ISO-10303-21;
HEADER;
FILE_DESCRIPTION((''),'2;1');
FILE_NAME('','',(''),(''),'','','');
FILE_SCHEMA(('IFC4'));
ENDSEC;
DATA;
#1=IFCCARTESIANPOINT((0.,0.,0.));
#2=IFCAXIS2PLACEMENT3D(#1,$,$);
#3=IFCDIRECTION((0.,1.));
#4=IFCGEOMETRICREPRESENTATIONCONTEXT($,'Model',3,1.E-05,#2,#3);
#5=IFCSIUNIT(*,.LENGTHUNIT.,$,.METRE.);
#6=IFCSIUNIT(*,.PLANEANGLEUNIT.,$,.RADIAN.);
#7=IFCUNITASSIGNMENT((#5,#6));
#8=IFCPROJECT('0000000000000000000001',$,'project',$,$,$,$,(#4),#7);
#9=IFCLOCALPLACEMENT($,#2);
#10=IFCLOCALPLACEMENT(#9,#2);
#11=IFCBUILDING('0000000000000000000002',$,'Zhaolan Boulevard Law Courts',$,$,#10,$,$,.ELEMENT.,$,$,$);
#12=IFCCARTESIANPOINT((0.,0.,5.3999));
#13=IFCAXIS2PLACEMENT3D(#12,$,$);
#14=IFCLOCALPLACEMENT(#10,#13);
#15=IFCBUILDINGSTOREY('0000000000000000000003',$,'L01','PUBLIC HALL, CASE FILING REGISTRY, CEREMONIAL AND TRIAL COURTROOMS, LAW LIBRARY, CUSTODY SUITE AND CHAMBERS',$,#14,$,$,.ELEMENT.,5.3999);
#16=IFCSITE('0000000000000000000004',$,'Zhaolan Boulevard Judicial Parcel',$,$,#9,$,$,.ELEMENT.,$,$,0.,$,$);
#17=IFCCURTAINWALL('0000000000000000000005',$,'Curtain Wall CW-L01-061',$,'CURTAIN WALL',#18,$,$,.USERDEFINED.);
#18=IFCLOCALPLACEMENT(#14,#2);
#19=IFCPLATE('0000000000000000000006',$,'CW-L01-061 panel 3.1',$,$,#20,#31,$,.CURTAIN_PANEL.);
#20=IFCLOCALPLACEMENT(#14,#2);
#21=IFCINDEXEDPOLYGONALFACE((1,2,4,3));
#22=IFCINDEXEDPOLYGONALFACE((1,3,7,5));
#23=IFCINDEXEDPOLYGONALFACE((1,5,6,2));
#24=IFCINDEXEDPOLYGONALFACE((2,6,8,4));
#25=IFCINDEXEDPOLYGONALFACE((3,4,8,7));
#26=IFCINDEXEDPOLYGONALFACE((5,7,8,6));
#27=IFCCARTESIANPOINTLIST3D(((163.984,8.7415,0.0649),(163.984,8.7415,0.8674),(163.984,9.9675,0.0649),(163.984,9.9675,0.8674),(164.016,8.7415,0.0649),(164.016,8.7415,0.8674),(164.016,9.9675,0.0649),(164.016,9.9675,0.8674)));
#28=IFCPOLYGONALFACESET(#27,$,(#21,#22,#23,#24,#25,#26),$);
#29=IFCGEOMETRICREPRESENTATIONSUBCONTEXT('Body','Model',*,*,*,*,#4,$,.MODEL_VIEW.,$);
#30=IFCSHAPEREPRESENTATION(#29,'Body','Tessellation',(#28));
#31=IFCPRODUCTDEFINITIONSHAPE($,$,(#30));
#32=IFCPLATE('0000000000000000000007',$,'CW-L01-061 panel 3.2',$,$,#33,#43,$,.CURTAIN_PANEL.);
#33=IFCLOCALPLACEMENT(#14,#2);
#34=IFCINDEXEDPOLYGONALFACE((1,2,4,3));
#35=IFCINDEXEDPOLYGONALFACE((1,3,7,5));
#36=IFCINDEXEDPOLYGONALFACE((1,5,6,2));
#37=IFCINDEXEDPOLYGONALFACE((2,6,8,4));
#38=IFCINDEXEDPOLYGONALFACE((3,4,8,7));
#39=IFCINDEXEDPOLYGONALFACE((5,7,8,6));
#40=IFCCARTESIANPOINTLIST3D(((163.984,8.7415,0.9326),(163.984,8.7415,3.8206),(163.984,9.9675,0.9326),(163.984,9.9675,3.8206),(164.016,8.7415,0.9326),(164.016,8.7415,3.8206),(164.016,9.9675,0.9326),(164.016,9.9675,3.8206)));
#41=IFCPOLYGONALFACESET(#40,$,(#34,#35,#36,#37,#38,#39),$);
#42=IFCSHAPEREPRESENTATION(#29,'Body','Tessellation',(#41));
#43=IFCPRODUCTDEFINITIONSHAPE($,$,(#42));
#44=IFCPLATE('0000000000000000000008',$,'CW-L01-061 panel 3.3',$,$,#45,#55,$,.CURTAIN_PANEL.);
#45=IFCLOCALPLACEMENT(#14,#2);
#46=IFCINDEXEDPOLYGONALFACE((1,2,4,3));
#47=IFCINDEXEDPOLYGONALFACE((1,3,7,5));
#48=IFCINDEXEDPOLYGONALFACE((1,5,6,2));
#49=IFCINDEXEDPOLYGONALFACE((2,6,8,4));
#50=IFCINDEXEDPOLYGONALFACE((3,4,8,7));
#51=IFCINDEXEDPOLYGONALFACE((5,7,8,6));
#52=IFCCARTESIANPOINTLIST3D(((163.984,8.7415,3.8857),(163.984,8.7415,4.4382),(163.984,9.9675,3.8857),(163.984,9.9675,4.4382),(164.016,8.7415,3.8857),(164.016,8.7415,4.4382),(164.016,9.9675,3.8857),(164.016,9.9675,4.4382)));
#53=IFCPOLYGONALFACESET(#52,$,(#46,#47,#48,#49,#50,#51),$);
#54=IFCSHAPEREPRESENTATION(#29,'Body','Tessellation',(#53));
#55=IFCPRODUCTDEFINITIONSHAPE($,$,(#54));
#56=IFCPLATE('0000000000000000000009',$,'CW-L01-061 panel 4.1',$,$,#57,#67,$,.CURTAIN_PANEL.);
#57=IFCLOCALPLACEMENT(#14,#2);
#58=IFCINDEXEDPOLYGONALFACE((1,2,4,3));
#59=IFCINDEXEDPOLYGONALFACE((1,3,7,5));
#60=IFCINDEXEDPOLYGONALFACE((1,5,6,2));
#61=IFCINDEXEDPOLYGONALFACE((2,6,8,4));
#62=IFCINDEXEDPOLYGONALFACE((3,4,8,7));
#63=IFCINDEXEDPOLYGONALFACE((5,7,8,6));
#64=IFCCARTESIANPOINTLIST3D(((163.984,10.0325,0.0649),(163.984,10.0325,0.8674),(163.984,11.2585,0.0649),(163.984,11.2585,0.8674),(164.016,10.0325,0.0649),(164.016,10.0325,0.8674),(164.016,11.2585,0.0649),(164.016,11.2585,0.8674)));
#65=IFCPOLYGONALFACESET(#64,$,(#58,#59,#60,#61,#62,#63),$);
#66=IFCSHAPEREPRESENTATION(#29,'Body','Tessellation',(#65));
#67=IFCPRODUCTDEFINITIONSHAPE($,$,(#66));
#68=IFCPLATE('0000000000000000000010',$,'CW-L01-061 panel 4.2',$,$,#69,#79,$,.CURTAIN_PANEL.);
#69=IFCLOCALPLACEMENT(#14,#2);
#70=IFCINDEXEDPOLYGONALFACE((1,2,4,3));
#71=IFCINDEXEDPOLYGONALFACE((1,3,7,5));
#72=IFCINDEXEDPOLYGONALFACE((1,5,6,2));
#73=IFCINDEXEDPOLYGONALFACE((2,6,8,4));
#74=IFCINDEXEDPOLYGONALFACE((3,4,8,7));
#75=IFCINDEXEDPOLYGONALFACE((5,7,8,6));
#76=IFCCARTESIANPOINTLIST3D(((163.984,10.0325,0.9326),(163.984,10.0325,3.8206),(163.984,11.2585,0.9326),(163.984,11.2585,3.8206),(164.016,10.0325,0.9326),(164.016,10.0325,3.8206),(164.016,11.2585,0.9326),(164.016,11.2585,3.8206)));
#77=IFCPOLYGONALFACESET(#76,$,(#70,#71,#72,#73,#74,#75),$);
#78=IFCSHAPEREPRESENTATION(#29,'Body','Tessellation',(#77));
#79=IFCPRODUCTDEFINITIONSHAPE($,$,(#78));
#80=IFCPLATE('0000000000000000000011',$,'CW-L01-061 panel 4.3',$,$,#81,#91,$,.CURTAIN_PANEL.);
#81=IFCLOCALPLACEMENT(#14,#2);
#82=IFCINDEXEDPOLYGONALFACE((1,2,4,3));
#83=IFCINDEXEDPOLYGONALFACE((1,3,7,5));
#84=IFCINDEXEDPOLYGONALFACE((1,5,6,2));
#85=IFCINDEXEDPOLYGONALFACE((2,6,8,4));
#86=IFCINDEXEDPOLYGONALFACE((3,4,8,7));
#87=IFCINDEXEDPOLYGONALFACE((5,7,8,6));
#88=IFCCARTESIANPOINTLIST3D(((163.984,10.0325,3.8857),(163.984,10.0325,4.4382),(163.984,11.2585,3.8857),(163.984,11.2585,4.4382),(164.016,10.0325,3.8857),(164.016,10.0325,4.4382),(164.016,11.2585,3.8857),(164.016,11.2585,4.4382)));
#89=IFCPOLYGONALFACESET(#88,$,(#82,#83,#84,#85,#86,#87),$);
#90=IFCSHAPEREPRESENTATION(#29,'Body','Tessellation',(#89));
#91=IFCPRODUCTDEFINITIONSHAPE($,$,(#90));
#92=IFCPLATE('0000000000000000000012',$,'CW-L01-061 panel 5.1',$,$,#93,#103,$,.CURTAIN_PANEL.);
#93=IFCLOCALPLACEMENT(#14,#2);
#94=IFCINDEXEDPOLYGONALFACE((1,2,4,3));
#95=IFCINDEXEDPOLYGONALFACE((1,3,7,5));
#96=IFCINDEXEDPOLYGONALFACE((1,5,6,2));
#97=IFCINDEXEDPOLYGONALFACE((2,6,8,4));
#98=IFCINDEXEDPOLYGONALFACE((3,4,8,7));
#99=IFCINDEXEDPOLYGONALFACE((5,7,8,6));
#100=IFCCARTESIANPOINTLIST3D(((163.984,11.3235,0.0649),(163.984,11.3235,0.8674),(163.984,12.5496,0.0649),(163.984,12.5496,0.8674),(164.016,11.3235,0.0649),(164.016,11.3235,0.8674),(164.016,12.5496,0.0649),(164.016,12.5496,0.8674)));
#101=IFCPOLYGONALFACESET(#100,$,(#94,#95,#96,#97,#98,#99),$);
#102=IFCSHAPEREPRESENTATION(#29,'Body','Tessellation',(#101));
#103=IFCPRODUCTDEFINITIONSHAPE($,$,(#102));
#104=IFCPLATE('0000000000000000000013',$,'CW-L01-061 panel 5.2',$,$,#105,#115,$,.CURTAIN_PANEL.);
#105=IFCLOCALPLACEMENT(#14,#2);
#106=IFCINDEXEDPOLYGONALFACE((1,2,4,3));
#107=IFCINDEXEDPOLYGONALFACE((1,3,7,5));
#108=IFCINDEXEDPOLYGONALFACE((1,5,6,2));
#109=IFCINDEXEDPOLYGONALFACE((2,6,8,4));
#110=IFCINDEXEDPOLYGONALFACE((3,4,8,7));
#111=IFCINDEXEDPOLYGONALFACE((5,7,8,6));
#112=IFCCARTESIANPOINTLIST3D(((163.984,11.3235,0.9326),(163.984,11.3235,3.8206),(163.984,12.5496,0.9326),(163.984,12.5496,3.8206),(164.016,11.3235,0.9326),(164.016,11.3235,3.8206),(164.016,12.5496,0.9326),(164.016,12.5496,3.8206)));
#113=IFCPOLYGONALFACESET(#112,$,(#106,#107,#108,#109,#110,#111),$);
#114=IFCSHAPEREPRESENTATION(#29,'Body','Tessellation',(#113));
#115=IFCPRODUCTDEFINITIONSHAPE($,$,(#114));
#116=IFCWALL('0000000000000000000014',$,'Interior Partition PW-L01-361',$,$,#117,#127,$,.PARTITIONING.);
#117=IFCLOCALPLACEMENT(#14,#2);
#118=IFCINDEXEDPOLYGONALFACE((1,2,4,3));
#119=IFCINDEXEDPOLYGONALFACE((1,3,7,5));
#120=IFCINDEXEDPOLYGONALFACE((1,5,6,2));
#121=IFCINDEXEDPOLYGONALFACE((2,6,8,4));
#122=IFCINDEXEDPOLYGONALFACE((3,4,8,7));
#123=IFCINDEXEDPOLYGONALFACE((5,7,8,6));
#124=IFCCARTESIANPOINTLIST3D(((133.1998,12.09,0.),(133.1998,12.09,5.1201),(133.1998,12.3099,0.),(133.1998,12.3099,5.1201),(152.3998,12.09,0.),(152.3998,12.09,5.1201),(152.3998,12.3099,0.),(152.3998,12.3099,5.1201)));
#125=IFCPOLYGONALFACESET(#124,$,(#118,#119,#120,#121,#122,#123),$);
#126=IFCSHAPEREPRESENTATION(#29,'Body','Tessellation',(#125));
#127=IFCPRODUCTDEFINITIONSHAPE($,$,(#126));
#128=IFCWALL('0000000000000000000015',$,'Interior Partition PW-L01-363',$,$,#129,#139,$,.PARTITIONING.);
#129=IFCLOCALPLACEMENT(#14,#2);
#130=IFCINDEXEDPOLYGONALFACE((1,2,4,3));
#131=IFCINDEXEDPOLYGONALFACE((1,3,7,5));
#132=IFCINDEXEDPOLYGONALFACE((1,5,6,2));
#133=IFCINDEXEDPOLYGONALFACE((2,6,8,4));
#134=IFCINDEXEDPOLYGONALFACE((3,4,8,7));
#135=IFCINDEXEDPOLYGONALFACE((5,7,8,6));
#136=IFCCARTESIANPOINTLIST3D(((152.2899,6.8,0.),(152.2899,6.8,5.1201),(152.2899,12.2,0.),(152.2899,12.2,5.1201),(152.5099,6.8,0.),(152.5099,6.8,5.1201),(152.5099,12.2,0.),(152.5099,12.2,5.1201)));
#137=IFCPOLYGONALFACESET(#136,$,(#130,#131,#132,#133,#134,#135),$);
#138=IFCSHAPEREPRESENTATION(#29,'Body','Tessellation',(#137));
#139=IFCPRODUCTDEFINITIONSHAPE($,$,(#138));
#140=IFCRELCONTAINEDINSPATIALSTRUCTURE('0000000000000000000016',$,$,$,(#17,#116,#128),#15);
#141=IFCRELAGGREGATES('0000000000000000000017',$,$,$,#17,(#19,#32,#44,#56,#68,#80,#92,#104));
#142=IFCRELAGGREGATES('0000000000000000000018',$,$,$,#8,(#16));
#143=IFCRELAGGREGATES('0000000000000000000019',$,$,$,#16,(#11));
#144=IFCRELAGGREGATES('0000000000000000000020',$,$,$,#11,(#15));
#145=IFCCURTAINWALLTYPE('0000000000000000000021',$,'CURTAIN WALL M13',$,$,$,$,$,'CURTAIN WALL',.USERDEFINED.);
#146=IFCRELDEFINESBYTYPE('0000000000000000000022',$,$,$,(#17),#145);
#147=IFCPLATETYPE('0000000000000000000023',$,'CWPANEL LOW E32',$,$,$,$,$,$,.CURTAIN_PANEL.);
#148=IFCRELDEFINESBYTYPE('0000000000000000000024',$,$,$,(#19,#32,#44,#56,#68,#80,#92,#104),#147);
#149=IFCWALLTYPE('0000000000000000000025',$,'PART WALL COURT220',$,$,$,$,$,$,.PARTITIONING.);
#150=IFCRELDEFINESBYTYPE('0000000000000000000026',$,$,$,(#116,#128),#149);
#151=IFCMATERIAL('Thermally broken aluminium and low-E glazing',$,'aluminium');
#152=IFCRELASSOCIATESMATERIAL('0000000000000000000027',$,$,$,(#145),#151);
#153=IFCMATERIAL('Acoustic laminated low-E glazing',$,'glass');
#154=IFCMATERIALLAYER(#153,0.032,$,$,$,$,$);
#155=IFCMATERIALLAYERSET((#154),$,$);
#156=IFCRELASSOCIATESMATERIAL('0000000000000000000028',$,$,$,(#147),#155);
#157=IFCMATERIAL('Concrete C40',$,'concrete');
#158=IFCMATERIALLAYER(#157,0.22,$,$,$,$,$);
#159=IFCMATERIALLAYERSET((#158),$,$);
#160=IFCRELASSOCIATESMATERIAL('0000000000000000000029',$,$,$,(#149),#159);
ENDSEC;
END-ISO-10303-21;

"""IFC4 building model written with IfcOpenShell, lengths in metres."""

from ifc_helpers import new_model, si_unit, direction, frame, frame_2d, origin, origin_2d, place, context, subcontext, project, spatial, rectangle, extrude, material, layer, layer_set, type_object, element, aggregate, save


model = new_model("IFC4")

# Units and contexts
model_context = context("Model", 3, precision=1e-05, world=origin(), true_north=direction((0.0, 1.0)))
body_context = subcontext(model_context, "Body", "Model", "MODEL_VIEW")
ifc_project = project(units=[si_unit("LENGTHUNIT", "METRE"), si_unit("PLANEANGLEUNIT", "RADIAN")], contexts=[model_context])

# Site, building, storey
site_placement = place(None, origin())
site = spatial("IfcSite", under=ifc_project, at=site_placement, Name="Zhaolan Boulevard Judicial Parcel", CompositionType="ELEMENT", RefElevation=0.0)
building_placement = place(site_placement, origin())
building = spatial("IfcBuilding", under=site, at=building_placement, Name="Zhaolan Boulevard Law Courts", CompositionType="ELEMENT")
storey_placement = place(building_placement, frame((0.0, 0.0, 5.3999)))
storey = spatial("IfcBuildingStorey", under=building, at=storey_placement, Name="L01", Description="PUBLIC HALL, CASE FILING REGISTRY, CEREMONIAL AND TRIAL COURTROOMS, LAW LIBRARY, CUSTODY SUITE AND CHAMBERS", CompositionType="ELEMENT", Elevation=5.3999)

# Curtain wall
ifc_material_1 = material(Name="Thermally broken aluminium and low-E glazing", Category="aluminium")
curtain_wall_type = type_object("IfcCurtainWallType", Name="CURTAIN WALL M13", ElementType="CURTAIN WALL", PredefinedType="USERDEFINED", material=ifc_material_1)
curtain_wall_placement = place(storey_placement, origin())
curtain_wall = element("IfcCurtainWall", 1, at=curtain_wall_placement, inside=storey, type_object=curtain_wall_type, Name="Curtain Wall CW-L01-061", ObjectType="CURTAIN WALL", PredefinedType="USERDEFINED")

# Plates
ifc_material_2 = material(Name="Acoustic laminated low-E glazing", Category="glass")
ifc_layer_1 = layer(ifc_material_2, 0.032)
ifc_layer_set_1 = layer_set([ifc_layer_1])
plate_type = type_object("IfcPlateType", Name="CWPANEL LOW E32", PredefinedType="CURTAIN_PANEL", material=ifc_layer_set_1)
plate_1_placement = place(storey_placement, frame((164.0, 9.3545, 0.0649), z_axis=(0.0, 0.0, 1.0), x_axis=(0.0, 1.0, 0.0)))
plate_1 = element("IfcPlate", 2, at=plate_1_placement, type_object=plate_type, Name="CW-L01-061 panel 3.1", PredefinedType="CURTAIN_PANEL", context=body_context, shape_type="SweptSolid", body=[
    extrude(rectangle(XDim=1.2261, YDim=0.032, at=origin_2d()), origin(), (0.0, 0.0, 1.0), 0.8025),
])
plate_2_placement = place(storey_placement, frame((164.0, 9.3545, 0.9326), z_axis=(0.0, 0.0, 1.0), x_axis=(0.0, 1.0, 0.0)))
plate_2 = element("IfcPlate", 3, at=plate_2_placement, type_object=plate_type, Name="CW-L01-061 panel 3.2", PredefinedType="CURTAIN_PANEL", context=body_context, shape_type="SweptSolid", body=[
    extrude(rectangle(XDim=1.2261, YDim=0.032, at=origin_2d()), origin(), (0.0, 0.0, 1.0), 2.8879),
])
plate_3_placement = place(storey_placement, frame((164.0, 9.3545, 3.8857), z_axis=(0.0, 0.0, 1.0), x_axis=(0.0, 1.0, 0.0)))
plate_3 = element("IfcPlate", 4, at=plate_3_placement, type_object=plate_type, Name="CW-L01-061 panel 3.3", PredefinedType="CURTAIN_PANEL", context=body_context, shape_type="SweptSolid", body=[
    extrude(rectangle(XDim=1.2261, YDim=0.032, at=origin_2d()), origin(), (0.0, 0.0, 1.0), 0.5525),
])
plate_4_placement = place(storey_placement, frame((164.0, 10.6455, 0.0649), z_axis=(0.0, 0.0, 1.0), x_axis=(0.0, 1.0, 0.0)))
plate_4 = element("IfcPlate", 5, at=plate_4_placement, type_object=plate_type, Name="CW-L01-061 panel 4.1", PredefinedType="CURTAIN_PANEL", context=body_context, shape_type="SweptSolid", body=[
    extrude(rectangle(XDim=1.2261, YDim=0.032, at=origin_2d()), origin(), (0.0, 0.0, 1.0), 0.8025),
])
plate_5_placement = place(storey_placement, frame((164.0, 10.6455, 0.9326), z_axis=(0.0, 0.0, 1.0), x_axis=(0.0, 1.0, 0.0)))
plate_5 = element("IfcPlate", 6, at=plate_5_placement, type_object=plate_type, Name="CW-L01-061 panel 4.2", PredefinedType="CURTAIN_PANEL", context=body_context, shape_type="SweptSolid", body=[
    extrude(rectangle(XDim=1.2261, YDim=0.032, at=origin_2d()), origin(), (0.0, 0.0, 1.0), 2.8879),
])
plate_6_placement = place(storey_placement, frame((164.0, 10.6455, 3.8857), z_axis=(0.0, 0.0, 1.0), x_axis=(0.0, 1.0, 0.0)))
plate_6 = element("IfcPlate", 7, at=plate_6_placement, type_object=plate_type, Name="CW-L01-061 panel 4.3", PredefinedType="CURTAIN_PANEL", context=body_context, shape_type="SweptSolid", body=[
    extrude(rectangle(XDim=1.2261, YDim=0.032, at=origin_2d()), origin(), (0.0, 0.0, 1.0), 0.5525),
])
plate_7_placement = place(storey_placement, frame((164.0, 11.9365, 0.0649), z_axis=(0.0, 0.0, 1.0), x_axis=(0.0, 1.0, 0.0)))
plate_7 = element("IfcPlate", 8, at=plate_7_placement, type_object=plate_type, Name="CW-L01-061 panel 5.1", PredefinedType="CURTAIN_PANEL", context=body_context, shape_type="SweptSolid", body=[
    extrude(rectangle(XDim=1.2261, YDim=0.032, at=origin_2d()), origin(), (0.0, 0.0, 1.0), 0.8025),
])
plate_8_placement = place(storey_placement, frame((164.0, 11.9365, 0.9326), z_axis=(0.0, 0.0, 1.0), x_axis=(0.0, 1.0, 0.0)))
plate_8 = element("IfcPlate", 9, at=plate_8_placement, type_object=plate_type, Name="CW-L01-061 panel 5.2", PredefinedType="CURTAIN_PANEL", context=body_context, shape_type="SweptSolid", body=[
    extrude(rectangle(XDim=1.2261, YDim=0.032, at=origin_2d()), origin(), (0.0, 0.0, 1.0), 2.8879),
])
aggregate(curtain_wall, [plate_1, plate_2, plate_3, plate_4, plate_5, plate_6, plate_7, plate_8])

# Walls
ifc_material_3 = material(Name="Concrete C40", Category="concrete")
ifc_layer_2 = layer(ifc_material_3, 0.22)
ifc_layer_set_2 = layer_set([ifc_layer_2])
wall_type = type_object("IfcWallType", Name="PART WALL COURT220", PredefinedType="PARTITIONING", material=ifc_layer_set_2)
wall_1_placement = place(storey_placement, frame((152.3999, 12.2, 0.0), z_axis=(0.0, 0.0, 1.0), x_axis=(-1.0, 0.0, 0.0)))
element("IfcWall", 10, at=wall_1_placement, inside=storey, type_object=wall_type, Name="Interior Partition PW-L01-361", PredefinedType="PARTITIONING", context=body_context, shape_type="SweptSolid", body=[
    extrude(rectangle(XDim=19.2, YDim=0.22, at=frame_2d((9.6001, 0.0))), origin(), (0.0, 0.0, 1.0), 5.1201),
])
wall_2_placement = place(storey_placement, frame((152.3999, 6.8, 0.0), z_axis=(0.0, 0.0, 1.0), x_axis=(0.0, 1.0, 0.0)))
element("IfcWall", 11, at=wall_2_placement, inside=storey, type_object=wall_type, Name="Interior Partition PW-L01-363", PredefinedType="PARTITIONING", context=body_context, shape_type="SweptSolid", body=[
    extrude(rectangle(XDim=5.3999, YDim=0.22, at=frame_2d((2.7, 0.0))), origin(), (0.0, 0.0, 1.0), 5.1201),
])

save(model, "model.ifc")
